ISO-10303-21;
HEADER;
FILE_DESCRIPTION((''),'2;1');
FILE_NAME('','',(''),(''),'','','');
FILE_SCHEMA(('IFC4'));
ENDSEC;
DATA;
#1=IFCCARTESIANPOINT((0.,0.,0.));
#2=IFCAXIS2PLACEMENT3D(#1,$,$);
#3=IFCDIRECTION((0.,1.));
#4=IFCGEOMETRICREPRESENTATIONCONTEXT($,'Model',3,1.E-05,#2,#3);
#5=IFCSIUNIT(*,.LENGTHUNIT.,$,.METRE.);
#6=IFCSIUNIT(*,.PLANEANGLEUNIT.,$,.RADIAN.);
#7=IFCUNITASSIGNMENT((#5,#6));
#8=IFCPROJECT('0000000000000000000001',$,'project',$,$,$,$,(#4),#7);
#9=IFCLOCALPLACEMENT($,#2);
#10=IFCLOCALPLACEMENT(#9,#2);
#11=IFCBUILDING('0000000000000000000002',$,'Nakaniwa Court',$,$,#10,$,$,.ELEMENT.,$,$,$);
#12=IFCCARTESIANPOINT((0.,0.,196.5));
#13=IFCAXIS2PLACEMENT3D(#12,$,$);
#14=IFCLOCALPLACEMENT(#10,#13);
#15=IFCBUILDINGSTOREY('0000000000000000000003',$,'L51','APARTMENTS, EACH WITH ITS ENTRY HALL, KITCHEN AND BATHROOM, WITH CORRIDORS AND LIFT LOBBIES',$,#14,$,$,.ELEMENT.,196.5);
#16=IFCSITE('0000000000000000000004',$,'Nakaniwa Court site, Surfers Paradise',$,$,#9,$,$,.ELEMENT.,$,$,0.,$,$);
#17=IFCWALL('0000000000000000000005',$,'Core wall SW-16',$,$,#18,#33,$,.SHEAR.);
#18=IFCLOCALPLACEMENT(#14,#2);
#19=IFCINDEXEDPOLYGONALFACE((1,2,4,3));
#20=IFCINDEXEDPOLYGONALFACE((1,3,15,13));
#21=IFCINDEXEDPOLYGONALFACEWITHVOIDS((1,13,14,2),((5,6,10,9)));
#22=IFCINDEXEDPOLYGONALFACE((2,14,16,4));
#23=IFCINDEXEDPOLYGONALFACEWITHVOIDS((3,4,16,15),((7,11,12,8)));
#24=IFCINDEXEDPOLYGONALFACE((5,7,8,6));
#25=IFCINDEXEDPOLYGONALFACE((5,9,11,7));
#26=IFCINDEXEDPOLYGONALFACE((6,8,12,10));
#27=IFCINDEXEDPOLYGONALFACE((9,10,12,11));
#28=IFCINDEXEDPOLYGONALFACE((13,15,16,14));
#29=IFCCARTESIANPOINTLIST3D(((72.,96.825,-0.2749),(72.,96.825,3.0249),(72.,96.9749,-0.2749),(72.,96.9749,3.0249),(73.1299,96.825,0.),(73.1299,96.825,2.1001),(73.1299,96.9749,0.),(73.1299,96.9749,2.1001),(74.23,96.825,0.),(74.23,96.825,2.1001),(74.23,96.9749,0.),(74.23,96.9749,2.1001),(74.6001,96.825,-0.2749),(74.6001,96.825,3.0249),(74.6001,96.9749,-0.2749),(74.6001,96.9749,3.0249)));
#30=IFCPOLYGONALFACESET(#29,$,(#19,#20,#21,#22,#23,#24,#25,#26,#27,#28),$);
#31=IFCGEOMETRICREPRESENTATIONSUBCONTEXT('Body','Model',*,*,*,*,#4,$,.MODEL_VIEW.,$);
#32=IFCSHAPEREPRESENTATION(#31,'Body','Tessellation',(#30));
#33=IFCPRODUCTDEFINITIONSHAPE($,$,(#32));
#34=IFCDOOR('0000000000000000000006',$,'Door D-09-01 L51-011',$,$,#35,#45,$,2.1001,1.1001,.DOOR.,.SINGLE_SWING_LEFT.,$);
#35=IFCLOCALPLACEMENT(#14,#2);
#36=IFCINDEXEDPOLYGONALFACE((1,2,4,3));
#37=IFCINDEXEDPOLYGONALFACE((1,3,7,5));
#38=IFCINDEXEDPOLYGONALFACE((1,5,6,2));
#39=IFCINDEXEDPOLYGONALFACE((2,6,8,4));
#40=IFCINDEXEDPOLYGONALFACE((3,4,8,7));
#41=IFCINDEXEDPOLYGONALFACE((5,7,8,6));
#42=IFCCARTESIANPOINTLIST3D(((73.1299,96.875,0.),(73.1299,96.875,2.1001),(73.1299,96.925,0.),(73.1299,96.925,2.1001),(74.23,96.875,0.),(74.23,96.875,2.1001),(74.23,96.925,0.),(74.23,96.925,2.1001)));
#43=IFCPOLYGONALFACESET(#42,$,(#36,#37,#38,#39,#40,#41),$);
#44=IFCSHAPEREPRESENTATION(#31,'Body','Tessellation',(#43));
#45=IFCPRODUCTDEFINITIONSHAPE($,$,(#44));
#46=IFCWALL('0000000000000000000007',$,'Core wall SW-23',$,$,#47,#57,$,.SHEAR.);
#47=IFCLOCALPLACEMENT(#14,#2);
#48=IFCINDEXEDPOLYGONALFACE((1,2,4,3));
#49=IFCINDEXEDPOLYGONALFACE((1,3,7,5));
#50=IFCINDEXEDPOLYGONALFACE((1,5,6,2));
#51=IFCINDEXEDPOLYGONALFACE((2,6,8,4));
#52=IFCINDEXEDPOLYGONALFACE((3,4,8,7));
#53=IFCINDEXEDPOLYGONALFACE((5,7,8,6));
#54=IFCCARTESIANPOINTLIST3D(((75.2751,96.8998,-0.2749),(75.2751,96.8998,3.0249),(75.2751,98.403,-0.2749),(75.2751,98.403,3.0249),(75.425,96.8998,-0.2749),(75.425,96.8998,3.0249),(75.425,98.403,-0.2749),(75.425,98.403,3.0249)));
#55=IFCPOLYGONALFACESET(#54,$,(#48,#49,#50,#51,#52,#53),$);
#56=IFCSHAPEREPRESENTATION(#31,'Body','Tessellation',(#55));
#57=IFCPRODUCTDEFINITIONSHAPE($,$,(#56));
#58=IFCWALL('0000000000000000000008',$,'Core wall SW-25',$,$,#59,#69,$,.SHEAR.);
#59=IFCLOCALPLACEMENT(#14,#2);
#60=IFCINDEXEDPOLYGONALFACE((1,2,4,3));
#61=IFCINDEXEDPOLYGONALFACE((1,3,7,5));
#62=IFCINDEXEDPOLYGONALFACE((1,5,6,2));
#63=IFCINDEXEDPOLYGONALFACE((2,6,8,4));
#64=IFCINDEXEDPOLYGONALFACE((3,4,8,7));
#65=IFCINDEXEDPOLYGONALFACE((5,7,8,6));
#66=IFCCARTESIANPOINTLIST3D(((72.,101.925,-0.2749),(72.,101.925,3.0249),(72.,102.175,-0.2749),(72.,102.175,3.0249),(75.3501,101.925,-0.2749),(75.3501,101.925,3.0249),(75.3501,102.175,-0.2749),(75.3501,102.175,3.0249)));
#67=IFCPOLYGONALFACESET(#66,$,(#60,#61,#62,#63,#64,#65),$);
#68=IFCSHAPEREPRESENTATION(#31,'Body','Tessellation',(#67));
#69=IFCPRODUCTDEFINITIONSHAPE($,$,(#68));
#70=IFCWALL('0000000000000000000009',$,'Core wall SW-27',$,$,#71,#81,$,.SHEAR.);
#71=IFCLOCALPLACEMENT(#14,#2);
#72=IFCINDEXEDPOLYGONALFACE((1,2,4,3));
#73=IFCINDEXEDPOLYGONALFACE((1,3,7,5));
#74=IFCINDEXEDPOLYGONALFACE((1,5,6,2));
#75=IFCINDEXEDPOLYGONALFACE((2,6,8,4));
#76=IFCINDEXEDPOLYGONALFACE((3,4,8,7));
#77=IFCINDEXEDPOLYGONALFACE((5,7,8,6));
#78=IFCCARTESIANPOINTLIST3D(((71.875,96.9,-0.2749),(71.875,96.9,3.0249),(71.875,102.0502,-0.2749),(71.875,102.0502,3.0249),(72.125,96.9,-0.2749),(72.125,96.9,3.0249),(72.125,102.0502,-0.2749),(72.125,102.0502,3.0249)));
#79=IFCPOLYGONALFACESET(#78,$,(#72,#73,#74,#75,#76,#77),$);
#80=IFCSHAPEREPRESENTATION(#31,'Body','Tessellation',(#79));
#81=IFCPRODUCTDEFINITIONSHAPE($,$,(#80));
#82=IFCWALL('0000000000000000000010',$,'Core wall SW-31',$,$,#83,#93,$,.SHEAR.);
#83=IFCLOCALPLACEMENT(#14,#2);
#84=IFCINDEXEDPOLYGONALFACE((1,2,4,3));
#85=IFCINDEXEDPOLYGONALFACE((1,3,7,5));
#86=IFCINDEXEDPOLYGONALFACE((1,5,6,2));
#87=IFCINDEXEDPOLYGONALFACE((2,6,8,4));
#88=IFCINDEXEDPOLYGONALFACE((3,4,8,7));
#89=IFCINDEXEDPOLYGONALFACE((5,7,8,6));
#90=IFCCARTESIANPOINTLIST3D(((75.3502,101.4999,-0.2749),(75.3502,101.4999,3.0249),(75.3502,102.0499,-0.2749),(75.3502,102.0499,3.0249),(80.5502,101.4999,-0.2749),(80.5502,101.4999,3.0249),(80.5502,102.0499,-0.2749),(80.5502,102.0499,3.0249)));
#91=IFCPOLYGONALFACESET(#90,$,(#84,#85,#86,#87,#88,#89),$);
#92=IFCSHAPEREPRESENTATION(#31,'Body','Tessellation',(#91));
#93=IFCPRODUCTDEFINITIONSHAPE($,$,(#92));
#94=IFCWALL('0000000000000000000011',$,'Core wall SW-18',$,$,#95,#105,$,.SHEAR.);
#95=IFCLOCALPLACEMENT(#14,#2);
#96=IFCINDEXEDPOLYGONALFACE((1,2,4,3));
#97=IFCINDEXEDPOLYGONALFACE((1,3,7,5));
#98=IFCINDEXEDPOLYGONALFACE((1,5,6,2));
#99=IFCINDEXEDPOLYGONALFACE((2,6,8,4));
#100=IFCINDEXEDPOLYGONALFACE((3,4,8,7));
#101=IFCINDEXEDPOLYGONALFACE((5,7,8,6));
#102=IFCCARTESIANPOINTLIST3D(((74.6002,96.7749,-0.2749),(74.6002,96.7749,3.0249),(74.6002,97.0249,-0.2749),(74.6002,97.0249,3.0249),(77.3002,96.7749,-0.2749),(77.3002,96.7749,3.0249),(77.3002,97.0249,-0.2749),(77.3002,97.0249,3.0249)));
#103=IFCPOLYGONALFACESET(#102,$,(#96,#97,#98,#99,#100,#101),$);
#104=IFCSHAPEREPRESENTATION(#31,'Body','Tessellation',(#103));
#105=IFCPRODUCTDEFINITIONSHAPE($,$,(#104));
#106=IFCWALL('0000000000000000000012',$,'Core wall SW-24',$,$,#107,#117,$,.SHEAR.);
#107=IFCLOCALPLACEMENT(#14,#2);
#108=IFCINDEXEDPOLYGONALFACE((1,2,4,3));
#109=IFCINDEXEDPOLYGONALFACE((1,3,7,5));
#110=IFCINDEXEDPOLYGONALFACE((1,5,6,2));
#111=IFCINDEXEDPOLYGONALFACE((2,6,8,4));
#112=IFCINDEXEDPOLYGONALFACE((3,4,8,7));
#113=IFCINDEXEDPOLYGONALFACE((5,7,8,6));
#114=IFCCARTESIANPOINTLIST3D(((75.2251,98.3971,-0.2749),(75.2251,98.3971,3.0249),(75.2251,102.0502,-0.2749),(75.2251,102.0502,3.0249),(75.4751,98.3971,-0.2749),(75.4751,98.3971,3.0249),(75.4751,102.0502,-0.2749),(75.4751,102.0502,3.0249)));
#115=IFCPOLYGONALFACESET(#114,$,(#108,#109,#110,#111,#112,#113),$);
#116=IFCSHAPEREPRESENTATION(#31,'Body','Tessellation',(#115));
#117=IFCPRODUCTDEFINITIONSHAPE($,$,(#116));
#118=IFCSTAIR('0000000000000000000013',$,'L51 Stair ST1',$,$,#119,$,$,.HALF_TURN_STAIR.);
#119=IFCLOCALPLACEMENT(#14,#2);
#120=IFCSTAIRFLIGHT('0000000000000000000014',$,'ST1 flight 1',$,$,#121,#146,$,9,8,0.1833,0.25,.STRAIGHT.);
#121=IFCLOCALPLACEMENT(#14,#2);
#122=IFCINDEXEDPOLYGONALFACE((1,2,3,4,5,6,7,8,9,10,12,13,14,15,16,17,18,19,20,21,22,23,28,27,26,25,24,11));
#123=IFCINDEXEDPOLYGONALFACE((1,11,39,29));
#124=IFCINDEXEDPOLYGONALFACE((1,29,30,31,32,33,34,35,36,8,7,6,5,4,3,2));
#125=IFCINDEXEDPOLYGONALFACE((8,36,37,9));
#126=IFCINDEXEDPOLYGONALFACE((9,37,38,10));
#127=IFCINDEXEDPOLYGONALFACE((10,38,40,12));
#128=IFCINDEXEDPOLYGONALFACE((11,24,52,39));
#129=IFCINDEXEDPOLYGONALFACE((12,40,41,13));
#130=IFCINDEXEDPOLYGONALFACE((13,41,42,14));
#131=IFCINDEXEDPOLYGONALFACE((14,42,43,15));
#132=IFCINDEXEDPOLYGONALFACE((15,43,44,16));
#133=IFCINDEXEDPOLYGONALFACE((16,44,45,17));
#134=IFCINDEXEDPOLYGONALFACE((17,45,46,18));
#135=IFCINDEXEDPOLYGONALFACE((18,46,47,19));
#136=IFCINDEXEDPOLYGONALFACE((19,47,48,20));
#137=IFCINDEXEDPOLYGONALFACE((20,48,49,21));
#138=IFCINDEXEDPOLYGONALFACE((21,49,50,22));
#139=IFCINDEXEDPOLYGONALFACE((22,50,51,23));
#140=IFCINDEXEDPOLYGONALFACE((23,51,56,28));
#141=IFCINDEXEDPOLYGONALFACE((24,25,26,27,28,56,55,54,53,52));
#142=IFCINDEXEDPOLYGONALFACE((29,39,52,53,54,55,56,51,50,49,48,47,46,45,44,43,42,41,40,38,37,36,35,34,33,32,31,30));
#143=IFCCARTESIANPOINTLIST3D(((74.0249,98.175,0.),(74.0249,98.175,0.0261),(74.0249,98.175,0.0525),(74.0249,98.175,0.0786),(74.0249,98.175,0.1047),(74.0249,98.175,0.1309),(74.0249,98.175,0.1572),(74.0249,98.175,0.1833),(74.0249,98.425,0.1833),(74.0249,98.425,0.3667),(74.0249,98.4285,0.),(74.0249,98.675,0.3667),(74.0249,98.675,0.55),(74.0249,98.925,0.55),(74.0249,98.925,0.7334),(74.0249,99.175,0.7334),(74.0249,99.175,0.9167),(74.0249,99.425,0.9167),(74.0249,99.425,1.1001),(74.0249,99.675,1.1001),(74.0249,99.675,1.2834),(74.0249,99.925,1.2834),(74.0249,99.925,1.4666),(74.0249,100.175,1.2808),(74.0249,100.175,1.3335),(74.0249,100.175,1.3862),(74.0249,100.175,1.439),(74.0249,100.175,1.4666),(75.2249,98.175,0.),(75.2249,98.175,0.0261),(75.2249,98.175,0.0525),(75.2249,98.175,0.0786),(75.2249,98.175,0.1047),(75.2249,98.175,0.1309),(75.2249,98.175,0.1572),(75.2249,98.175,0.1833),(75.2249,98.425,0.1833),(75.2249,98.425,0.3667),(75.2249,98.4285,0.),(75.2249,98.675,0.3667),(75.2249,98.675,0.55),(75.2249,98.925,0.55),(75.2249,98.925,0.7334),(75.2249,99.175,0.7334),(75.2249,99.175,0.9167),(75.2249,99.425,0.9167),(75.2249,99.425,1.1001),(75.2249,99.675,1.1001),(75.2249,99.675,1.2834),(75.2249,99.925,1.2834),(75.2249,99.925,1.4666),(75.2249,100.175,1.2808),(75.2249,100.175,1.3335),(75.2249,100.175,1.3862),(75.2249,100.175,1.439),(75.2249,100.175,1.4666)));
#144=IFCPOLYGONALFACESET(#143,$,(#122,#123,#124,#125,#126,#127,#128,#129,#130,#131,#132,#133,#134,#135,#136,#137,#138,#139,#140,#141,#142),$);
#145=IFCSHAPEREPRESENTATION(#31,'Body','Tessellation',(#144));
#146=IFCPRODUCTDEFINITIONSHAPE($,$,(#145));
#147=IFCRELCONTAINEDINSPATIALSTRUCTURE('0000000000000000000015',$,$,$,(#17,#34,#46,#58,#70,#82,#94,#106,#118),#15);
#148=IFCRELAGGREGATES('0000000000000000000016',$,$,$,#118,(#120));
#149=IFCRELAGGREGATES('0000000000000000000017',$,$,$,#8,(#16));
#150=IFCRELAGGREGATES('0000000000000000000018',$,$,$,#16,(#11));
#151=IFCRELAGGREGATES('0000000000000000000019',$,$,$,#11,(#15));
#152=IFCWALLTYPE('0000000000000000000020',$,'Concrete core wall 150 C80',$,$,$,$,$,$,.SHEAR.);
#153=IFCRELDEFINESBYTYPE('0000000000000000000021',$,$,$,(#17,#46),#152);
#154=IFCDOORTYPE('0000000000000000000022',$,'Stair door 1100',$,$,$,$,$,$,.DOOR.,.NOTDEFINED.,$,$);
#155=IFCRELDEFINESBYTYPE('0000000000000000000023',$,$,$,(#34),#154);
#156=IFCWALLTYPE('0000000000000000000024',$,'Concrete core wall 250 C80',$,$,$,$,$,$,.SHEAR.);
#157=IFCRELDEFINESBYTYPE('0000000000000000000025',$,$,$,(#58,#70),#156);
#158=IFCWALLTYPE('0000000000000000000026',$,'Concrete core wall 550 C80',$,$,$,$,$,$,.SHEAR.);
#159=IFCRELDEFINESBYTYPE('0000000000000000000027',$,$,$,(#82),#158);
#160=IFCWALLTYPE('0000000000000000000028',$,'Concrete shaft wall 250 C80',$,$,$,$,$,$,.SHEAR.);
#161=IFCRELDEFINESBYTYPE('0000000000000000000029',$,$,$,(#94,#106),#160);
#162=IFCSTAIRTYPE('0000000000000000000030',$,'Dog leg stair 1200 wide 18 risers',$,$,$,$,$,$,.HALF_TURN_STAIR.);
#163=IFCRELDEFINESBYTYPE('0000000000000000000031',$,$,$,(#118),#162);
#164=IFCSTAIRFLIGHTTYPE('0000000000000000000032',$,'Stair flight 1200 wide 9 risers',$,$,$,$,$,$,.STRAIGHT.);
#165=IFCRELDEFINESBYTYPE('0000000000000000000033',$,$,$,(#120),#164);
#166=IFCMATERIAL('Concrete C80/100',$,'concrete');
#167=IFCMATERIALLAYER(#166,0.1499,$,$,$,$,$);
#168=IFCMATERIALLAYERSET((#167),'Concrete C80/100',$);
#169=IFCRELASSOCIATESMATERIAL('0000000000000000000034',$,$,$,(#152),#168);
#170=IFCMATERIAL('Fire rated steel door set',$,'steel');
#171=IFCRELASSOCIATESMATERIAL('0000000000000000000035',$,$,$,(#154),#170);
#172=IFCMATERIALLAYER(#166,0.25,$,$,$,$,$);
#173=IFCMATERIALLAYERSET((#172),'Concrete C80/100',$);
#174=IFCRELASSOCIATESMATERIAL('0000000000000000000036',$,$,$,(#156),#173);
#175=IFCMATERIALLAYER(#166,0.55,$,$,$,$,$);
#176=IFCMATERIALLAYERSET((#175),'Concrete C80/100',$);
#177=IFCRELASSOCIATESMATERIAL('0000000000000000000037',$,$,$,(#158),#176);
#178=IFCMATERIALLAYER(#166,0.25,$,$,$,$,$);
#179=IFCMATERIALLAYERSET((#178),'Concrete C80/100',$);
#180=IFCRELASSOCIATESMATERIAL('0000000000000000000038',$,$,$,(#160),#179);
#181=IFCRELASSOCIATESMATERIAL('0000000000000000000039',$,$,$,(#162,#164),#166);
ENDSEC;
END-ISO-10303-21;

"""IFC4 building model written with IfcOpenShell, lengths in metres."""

from ifc_helpers import new_model, si_unit, direction, frame, frame_2d, origin, place, context, subcontext, project, spatial, polyline, rectangle, outline, extrude, material, layer, layer_set, type_object, element, fill, aggregate, save


model = new_model("IFC4")

# Units and contexts
model_context = context("Model", 3, precision=1e-05, world=origin(), true_north=direction((0.0, 1.0)))
body_context = subcontext(model_context, "Body", "Model", "MODEL_VIEW")
ifc_project = project(units=[si_unit("LENGTHUNIT", "METRE"), si_unit("PLANEANGLEUNIT", "RADIAN")], contexts=[model_context])

# Site, building, storey
site_placement = place(None, origin())
site = spatial("IfcSite", under=ifc_project, at=site_placement, Name="Nakaniwa Court site, Surfers Paradise", CompositionType="ELEMENT", RefElevation=0.0)
building_placement = place(site_placement, origin())
building = spatial("IfcBuilding", under=site, at=building_placement, Name="Nakaniwa Court", CompositionType="ELEMENT")
storey_placement = place(building_placement, frame((0.0, 0.0, 196.5)))
storey = spatial("IfcBuildingStorey", under=building, at=storey_placement, Name="L51", Description="APARTMENTS, EACH WITH ITS ENTRY HALL, KITCHEN AND BATHROOM, WITH CORRIDORS AND LIFT LOBBIES", CompositionType="ELEMENT", Elevation=196.5)

# Shared definitions
ifc_material_1 = material(Name="Concrete C80/100", Category="concrete")

# Shared definitions
ifc_material_2 = material(Name="Fire rated steel door set", Category="steel")

# Wall, opening, door
ifc_layer_1 = layer(ifc_material_1, 0.1499)
ifc_layer_set_1 = layer_set([ifc_layer_1], Name="Concrete C80/100")
wall_type_1 = type_object("IfcWallType", Name="Concrete core wall 150 C80", PredefinedType="SHEAR", material=ifc_layer_set_1)
wall_1_placement = place(storey_placement, frame((74.6001, 96.8999, -0.2749), z_axis=(0.0, 0.0, 1.0), x_axis=(-1.0, 0.0, 0.0)))
wall_1 = element("IfcWall", 1, at=wall_1_placement, inside=storey, type_object=wall_type_1, Name="Core wall SW-16", PredefinedType="SHEAR", context=body_context, shape_type="SweptSolid", body=[
    extrude(rectangle(XDim=2.6001, YDim=0.1499, at=frame_2d((1.3, 0.0))), origin(), (0.0, 0.0, 1.0), 3.2998),
])
opening_1_placement = place(wall_1_placement, frame((0.3701, 0.0, 0.2749)))
opening_1 = element("IfcOpeningElement", 2, at=opening_1_placement, cuts=wall_1, PredefinedType="OPENING", context=body_context, shape_type="SweptSolid", body=[
    extrude(rectangle(XDim=1.1001, YDim=2.1001, at=frame_2d((0.55, 1.05))), frame((0.0, 0.085, 0.0), z_axis=(0.0, -1.0, 0.0), x_axis=(1.0, 0.0, 0.0)), (0.0, 0.0, 1.0), 0.1699),
])
door_type_1 = type_object("IfcDoorType", Name="Stair door 1100", OperationType="NOTDEFINED", PredefinedType="DOOR", material=ifc_material_2)
door_1_placement = place(opening_1_placement, origin())
door_1 = element("IfcDoor", 3, at=door_1_placement, inside=storey, type_object=door_type_1, Name="Door D-09-01 L51-011", OperationType="SINGLE_SWING_LEFT", OverallHeight=2.1001, OverallWidth=1.1001, PredefinedType="DOOR", context=body_context, shape_type="SweptSolid", body=[
    extrude(rectangle(XDim=1.1001, YDim=2.1001, at=frame_2d((0.55, 1.05))), frame((0.0, 0.0249, 0.0), z_axis=(0.0, -1.0, 0.0), x_axis=(1.0, 0.0, 0.0)), (0.0, 0.0, 1.0), 0.05),
])
fill(opening_1, door_1)

# Walls
wall_2_placement = place(storey_placement, frame((75.3501, 96.8999, -0.2749), z_axis=(0.0, 0.0, 1.0), x_axis=(0.0, 1.0, 0.0)))
element("IfcWall", 4, at=wall_2_placement, inside=storey, type_object=wall_type_1, Name="Core wall SW-23", PredefinedType="SHEAR", context=body_context, shape_type="SweptSolid", body=[
    extrude(rectangle(XDim=1.5032, YDim=0.1499, at=frame_2d((0.7515, 0.0))), origin(), (0.0, 0.0, 1.0), 3.2998),
])
ifc_layer_2 = layer(ifc_material_1, 0.25)
ifc_layer_set_2 = layer_set([ifc_layer_2], Name="Concrete C80/100")
wall_type_2 = type_object("IfcWallType", Name="Concrete core wall 250 C80", PredefinedType="SHEAR", material=ifc_layer_set_2)
wall_3_placement = place(storey_placement, frame((72.0, 102.05, -0.2749), z_axis=(0.0, 0.0, 1.0), x_axis=(1.0, 0.0, 0.0)))
element("IfcWall", 5, at=wall_3_placement, inside=storey, type_object=wall_type_2, Name="Core wall SW-25", PredefinedType="SHEAR", context=body_context, shape_type="SweptSolid", body=[
    extrude(rectangle(XDim=3.3501, YDim=0.25, at=frame_2d((1.675, 0.0))), origin(), (0.0, 0.0, 1.0), 3.2998),
])
wall_4_placement = place(storey_placement, frame((72.0, 96.8999, -0.2749), z_axis=(0.0, 0.0, 1.0), x_axis=(0.0, 1.0, 0.0)))
element("IfcWall", 6, at=wall_4_placement, inside=storey, type_object=wall_type_2, Name="Core wall SW-27", PredefinedType="SHEAR", context=body_context, shape_type="SweptSolid", body=[
    extrude(rectangle(XDim=5.1501, YDim=0.25, at=frame_2d((2.5752, 0.0))), origin(), (0.0, 0.0, 1.0), 3.2998),
])
ifc_layer_3 = layer(ifc_material_1, 0.55)
ifc_layer_set_3 = layer_set([ifc_layer_3], Name="Concrete C80/100")
wall_type_3 = type_object("IfcWallType", Name="Concrete core wall 550 C80", PredefinedType="SHEAR", material=ifc_layer_set_3)
wall_5_placement = place(storey_placement, frame((75.3501, 101.7749, -0.2749), z_axis=(0.0, 0.0, 1.0), x_axis=(1.0, 0.0, 0.0)))
element("IfcWall", 7, at=wall_5_placement, inside=storey, type_object=wall_type_3, Name="Core wall SW-31", PredefinedType="SHEAR", context=body_context, shape_type="SweptSolid", body=[
    extrude(rectangle(XDim=5.2, YDim=0.55, at=frame_2d((2.6001, 0.0))), origin(), (0.0, 0.0, 1.0), 3.2998),
])
ifc_layer_4 = layer(ifc_material_1, 0.25)
ifc_layer_set_4 = layer_set([ifc_layer_4], Name="Concrete C80/100")
wall_type_4 = type_object("IfcWallType", Name="Concrete shaft wall 250 C80", PredefinedType="SHEAR", material=ifc_layer_set_4)
wall_6_placement = place(storey_placement, frame((74.6001, 96.8999, -0.2749), z_axis=(0.0, 0.0, 1.0), x_axis=(1.0, 0.0, 0.0)))
element("IfcWall", 8, at=wall_6_placement, inside=storey, type_object=wall_type_4, Name="Core wall SW-18", PredefinedType="SHEAR", context=body_context, shape_type="SweptSolid", body=[
    extrude(rectangle(XDim=2.7, YDim=0.25, at=frame_2d((1.3501, 0.0))), origin(), (0.0, 0.0, 1.0), 3.2998),
])
wall_7_placement = place(storey_placement, frame((75.3501, 98.397, -0.2749), z_axis=(0.0, 0.0, 1.0), x_axis=(0.0, 1.0, 0.0)))
element("IfcWall", 9, at=wall_7_placement, inside=storey, type_object=wall_type_4, Name="Core wall SW-24", PredefinedType="SHEAR", context=body_context, shape_type="SweptSolid", body=[
    extrude(rectangle(XDim=3.6531, YDim=0.25, at=frame_2d((1.8267, 0.0))), origin(), (0.0, 0.0, 1.0), 3.2998),
])

# Stair, stair flight
stair_type = type_object("IfcStairType", Name="Dog leg stair 1200 wide 18 risers", PredefinedType="HALF_TURN_STAIR", material=ifc_material_1)
stair_placement = place(storey_placement, origin())
stair = element("IfcStair", 10, at=stair_placement, inside=storey, type_object=stair_type, Name="L51 Stair ST1", PredefinedType="HALF_TURN_STAIR")
stair_flight_type = type_object("IfcStairFlightType", Name="Stair flight 1200 wide 9 risers", PredefinedType="STRAIGHT", material=ifc_material_1)
stair_flight_1_placement = place(storey_placement, frame((74.625, 98.175, 0.0), z_axis=(0.0, 0.0, 1.0), x_axis=(0.0, 1.0, 0.0)))
stair_flight_1 = element("IfcStairFlight", 11, at=stair_flight_1_placement, type_object=stair_flight_type, Name="ST1 flight 1", NumberOfRisers=9, NumberOfTreads=8, PredefinedType="STRAIGHT", RiserHeight=0.1833, TreadLength=0.25, context=body_context, shape_type="SweptSolid", body=[
    extrude(outline(polyline([(0.0, 0.0), (0.0, 0.0261), (0.0, 0.0525), (0.0, 0.0786), (0.0, 0.1047), (0.0, 0.1309), (0.0, 0.1572), (0.0, 0.1833), (0.25, 0.1833), (0.25, 0.3667), (0.5, 0.3667), (0.5, 0.55), (0.75, 0.55), (0.75, 0.7334), (1.0, 0.7334), (1.0, 0.9167), (1.25, 0.9167), (1.25, 1.1001), (1.5, 1.1001), (1.5, 1.2834), (1.75, 1.2834), (1.75, 1.4666), (2.0, 1.4666), (2.0, 1.6499), (2.0, 1.5972), (2.0, 1.5444), (2.0, 1.4917), (2.0, 1.439), (2.0, 1.3862), (2.0, 1.3335), (2.0, 1.2808), (0.2534, 0.0), (0.0, 0.0)])), frame((0.0, 0.6001, 0.0), z_axis=(0.0, -1.0, 0.0), x_axis=(1.0, 0.0, 0.0)), (0.0, 0.0, 1.0), 1.2),
])
aggregate(stair, [stair_flight_1])

save(model, "model.ifc")
